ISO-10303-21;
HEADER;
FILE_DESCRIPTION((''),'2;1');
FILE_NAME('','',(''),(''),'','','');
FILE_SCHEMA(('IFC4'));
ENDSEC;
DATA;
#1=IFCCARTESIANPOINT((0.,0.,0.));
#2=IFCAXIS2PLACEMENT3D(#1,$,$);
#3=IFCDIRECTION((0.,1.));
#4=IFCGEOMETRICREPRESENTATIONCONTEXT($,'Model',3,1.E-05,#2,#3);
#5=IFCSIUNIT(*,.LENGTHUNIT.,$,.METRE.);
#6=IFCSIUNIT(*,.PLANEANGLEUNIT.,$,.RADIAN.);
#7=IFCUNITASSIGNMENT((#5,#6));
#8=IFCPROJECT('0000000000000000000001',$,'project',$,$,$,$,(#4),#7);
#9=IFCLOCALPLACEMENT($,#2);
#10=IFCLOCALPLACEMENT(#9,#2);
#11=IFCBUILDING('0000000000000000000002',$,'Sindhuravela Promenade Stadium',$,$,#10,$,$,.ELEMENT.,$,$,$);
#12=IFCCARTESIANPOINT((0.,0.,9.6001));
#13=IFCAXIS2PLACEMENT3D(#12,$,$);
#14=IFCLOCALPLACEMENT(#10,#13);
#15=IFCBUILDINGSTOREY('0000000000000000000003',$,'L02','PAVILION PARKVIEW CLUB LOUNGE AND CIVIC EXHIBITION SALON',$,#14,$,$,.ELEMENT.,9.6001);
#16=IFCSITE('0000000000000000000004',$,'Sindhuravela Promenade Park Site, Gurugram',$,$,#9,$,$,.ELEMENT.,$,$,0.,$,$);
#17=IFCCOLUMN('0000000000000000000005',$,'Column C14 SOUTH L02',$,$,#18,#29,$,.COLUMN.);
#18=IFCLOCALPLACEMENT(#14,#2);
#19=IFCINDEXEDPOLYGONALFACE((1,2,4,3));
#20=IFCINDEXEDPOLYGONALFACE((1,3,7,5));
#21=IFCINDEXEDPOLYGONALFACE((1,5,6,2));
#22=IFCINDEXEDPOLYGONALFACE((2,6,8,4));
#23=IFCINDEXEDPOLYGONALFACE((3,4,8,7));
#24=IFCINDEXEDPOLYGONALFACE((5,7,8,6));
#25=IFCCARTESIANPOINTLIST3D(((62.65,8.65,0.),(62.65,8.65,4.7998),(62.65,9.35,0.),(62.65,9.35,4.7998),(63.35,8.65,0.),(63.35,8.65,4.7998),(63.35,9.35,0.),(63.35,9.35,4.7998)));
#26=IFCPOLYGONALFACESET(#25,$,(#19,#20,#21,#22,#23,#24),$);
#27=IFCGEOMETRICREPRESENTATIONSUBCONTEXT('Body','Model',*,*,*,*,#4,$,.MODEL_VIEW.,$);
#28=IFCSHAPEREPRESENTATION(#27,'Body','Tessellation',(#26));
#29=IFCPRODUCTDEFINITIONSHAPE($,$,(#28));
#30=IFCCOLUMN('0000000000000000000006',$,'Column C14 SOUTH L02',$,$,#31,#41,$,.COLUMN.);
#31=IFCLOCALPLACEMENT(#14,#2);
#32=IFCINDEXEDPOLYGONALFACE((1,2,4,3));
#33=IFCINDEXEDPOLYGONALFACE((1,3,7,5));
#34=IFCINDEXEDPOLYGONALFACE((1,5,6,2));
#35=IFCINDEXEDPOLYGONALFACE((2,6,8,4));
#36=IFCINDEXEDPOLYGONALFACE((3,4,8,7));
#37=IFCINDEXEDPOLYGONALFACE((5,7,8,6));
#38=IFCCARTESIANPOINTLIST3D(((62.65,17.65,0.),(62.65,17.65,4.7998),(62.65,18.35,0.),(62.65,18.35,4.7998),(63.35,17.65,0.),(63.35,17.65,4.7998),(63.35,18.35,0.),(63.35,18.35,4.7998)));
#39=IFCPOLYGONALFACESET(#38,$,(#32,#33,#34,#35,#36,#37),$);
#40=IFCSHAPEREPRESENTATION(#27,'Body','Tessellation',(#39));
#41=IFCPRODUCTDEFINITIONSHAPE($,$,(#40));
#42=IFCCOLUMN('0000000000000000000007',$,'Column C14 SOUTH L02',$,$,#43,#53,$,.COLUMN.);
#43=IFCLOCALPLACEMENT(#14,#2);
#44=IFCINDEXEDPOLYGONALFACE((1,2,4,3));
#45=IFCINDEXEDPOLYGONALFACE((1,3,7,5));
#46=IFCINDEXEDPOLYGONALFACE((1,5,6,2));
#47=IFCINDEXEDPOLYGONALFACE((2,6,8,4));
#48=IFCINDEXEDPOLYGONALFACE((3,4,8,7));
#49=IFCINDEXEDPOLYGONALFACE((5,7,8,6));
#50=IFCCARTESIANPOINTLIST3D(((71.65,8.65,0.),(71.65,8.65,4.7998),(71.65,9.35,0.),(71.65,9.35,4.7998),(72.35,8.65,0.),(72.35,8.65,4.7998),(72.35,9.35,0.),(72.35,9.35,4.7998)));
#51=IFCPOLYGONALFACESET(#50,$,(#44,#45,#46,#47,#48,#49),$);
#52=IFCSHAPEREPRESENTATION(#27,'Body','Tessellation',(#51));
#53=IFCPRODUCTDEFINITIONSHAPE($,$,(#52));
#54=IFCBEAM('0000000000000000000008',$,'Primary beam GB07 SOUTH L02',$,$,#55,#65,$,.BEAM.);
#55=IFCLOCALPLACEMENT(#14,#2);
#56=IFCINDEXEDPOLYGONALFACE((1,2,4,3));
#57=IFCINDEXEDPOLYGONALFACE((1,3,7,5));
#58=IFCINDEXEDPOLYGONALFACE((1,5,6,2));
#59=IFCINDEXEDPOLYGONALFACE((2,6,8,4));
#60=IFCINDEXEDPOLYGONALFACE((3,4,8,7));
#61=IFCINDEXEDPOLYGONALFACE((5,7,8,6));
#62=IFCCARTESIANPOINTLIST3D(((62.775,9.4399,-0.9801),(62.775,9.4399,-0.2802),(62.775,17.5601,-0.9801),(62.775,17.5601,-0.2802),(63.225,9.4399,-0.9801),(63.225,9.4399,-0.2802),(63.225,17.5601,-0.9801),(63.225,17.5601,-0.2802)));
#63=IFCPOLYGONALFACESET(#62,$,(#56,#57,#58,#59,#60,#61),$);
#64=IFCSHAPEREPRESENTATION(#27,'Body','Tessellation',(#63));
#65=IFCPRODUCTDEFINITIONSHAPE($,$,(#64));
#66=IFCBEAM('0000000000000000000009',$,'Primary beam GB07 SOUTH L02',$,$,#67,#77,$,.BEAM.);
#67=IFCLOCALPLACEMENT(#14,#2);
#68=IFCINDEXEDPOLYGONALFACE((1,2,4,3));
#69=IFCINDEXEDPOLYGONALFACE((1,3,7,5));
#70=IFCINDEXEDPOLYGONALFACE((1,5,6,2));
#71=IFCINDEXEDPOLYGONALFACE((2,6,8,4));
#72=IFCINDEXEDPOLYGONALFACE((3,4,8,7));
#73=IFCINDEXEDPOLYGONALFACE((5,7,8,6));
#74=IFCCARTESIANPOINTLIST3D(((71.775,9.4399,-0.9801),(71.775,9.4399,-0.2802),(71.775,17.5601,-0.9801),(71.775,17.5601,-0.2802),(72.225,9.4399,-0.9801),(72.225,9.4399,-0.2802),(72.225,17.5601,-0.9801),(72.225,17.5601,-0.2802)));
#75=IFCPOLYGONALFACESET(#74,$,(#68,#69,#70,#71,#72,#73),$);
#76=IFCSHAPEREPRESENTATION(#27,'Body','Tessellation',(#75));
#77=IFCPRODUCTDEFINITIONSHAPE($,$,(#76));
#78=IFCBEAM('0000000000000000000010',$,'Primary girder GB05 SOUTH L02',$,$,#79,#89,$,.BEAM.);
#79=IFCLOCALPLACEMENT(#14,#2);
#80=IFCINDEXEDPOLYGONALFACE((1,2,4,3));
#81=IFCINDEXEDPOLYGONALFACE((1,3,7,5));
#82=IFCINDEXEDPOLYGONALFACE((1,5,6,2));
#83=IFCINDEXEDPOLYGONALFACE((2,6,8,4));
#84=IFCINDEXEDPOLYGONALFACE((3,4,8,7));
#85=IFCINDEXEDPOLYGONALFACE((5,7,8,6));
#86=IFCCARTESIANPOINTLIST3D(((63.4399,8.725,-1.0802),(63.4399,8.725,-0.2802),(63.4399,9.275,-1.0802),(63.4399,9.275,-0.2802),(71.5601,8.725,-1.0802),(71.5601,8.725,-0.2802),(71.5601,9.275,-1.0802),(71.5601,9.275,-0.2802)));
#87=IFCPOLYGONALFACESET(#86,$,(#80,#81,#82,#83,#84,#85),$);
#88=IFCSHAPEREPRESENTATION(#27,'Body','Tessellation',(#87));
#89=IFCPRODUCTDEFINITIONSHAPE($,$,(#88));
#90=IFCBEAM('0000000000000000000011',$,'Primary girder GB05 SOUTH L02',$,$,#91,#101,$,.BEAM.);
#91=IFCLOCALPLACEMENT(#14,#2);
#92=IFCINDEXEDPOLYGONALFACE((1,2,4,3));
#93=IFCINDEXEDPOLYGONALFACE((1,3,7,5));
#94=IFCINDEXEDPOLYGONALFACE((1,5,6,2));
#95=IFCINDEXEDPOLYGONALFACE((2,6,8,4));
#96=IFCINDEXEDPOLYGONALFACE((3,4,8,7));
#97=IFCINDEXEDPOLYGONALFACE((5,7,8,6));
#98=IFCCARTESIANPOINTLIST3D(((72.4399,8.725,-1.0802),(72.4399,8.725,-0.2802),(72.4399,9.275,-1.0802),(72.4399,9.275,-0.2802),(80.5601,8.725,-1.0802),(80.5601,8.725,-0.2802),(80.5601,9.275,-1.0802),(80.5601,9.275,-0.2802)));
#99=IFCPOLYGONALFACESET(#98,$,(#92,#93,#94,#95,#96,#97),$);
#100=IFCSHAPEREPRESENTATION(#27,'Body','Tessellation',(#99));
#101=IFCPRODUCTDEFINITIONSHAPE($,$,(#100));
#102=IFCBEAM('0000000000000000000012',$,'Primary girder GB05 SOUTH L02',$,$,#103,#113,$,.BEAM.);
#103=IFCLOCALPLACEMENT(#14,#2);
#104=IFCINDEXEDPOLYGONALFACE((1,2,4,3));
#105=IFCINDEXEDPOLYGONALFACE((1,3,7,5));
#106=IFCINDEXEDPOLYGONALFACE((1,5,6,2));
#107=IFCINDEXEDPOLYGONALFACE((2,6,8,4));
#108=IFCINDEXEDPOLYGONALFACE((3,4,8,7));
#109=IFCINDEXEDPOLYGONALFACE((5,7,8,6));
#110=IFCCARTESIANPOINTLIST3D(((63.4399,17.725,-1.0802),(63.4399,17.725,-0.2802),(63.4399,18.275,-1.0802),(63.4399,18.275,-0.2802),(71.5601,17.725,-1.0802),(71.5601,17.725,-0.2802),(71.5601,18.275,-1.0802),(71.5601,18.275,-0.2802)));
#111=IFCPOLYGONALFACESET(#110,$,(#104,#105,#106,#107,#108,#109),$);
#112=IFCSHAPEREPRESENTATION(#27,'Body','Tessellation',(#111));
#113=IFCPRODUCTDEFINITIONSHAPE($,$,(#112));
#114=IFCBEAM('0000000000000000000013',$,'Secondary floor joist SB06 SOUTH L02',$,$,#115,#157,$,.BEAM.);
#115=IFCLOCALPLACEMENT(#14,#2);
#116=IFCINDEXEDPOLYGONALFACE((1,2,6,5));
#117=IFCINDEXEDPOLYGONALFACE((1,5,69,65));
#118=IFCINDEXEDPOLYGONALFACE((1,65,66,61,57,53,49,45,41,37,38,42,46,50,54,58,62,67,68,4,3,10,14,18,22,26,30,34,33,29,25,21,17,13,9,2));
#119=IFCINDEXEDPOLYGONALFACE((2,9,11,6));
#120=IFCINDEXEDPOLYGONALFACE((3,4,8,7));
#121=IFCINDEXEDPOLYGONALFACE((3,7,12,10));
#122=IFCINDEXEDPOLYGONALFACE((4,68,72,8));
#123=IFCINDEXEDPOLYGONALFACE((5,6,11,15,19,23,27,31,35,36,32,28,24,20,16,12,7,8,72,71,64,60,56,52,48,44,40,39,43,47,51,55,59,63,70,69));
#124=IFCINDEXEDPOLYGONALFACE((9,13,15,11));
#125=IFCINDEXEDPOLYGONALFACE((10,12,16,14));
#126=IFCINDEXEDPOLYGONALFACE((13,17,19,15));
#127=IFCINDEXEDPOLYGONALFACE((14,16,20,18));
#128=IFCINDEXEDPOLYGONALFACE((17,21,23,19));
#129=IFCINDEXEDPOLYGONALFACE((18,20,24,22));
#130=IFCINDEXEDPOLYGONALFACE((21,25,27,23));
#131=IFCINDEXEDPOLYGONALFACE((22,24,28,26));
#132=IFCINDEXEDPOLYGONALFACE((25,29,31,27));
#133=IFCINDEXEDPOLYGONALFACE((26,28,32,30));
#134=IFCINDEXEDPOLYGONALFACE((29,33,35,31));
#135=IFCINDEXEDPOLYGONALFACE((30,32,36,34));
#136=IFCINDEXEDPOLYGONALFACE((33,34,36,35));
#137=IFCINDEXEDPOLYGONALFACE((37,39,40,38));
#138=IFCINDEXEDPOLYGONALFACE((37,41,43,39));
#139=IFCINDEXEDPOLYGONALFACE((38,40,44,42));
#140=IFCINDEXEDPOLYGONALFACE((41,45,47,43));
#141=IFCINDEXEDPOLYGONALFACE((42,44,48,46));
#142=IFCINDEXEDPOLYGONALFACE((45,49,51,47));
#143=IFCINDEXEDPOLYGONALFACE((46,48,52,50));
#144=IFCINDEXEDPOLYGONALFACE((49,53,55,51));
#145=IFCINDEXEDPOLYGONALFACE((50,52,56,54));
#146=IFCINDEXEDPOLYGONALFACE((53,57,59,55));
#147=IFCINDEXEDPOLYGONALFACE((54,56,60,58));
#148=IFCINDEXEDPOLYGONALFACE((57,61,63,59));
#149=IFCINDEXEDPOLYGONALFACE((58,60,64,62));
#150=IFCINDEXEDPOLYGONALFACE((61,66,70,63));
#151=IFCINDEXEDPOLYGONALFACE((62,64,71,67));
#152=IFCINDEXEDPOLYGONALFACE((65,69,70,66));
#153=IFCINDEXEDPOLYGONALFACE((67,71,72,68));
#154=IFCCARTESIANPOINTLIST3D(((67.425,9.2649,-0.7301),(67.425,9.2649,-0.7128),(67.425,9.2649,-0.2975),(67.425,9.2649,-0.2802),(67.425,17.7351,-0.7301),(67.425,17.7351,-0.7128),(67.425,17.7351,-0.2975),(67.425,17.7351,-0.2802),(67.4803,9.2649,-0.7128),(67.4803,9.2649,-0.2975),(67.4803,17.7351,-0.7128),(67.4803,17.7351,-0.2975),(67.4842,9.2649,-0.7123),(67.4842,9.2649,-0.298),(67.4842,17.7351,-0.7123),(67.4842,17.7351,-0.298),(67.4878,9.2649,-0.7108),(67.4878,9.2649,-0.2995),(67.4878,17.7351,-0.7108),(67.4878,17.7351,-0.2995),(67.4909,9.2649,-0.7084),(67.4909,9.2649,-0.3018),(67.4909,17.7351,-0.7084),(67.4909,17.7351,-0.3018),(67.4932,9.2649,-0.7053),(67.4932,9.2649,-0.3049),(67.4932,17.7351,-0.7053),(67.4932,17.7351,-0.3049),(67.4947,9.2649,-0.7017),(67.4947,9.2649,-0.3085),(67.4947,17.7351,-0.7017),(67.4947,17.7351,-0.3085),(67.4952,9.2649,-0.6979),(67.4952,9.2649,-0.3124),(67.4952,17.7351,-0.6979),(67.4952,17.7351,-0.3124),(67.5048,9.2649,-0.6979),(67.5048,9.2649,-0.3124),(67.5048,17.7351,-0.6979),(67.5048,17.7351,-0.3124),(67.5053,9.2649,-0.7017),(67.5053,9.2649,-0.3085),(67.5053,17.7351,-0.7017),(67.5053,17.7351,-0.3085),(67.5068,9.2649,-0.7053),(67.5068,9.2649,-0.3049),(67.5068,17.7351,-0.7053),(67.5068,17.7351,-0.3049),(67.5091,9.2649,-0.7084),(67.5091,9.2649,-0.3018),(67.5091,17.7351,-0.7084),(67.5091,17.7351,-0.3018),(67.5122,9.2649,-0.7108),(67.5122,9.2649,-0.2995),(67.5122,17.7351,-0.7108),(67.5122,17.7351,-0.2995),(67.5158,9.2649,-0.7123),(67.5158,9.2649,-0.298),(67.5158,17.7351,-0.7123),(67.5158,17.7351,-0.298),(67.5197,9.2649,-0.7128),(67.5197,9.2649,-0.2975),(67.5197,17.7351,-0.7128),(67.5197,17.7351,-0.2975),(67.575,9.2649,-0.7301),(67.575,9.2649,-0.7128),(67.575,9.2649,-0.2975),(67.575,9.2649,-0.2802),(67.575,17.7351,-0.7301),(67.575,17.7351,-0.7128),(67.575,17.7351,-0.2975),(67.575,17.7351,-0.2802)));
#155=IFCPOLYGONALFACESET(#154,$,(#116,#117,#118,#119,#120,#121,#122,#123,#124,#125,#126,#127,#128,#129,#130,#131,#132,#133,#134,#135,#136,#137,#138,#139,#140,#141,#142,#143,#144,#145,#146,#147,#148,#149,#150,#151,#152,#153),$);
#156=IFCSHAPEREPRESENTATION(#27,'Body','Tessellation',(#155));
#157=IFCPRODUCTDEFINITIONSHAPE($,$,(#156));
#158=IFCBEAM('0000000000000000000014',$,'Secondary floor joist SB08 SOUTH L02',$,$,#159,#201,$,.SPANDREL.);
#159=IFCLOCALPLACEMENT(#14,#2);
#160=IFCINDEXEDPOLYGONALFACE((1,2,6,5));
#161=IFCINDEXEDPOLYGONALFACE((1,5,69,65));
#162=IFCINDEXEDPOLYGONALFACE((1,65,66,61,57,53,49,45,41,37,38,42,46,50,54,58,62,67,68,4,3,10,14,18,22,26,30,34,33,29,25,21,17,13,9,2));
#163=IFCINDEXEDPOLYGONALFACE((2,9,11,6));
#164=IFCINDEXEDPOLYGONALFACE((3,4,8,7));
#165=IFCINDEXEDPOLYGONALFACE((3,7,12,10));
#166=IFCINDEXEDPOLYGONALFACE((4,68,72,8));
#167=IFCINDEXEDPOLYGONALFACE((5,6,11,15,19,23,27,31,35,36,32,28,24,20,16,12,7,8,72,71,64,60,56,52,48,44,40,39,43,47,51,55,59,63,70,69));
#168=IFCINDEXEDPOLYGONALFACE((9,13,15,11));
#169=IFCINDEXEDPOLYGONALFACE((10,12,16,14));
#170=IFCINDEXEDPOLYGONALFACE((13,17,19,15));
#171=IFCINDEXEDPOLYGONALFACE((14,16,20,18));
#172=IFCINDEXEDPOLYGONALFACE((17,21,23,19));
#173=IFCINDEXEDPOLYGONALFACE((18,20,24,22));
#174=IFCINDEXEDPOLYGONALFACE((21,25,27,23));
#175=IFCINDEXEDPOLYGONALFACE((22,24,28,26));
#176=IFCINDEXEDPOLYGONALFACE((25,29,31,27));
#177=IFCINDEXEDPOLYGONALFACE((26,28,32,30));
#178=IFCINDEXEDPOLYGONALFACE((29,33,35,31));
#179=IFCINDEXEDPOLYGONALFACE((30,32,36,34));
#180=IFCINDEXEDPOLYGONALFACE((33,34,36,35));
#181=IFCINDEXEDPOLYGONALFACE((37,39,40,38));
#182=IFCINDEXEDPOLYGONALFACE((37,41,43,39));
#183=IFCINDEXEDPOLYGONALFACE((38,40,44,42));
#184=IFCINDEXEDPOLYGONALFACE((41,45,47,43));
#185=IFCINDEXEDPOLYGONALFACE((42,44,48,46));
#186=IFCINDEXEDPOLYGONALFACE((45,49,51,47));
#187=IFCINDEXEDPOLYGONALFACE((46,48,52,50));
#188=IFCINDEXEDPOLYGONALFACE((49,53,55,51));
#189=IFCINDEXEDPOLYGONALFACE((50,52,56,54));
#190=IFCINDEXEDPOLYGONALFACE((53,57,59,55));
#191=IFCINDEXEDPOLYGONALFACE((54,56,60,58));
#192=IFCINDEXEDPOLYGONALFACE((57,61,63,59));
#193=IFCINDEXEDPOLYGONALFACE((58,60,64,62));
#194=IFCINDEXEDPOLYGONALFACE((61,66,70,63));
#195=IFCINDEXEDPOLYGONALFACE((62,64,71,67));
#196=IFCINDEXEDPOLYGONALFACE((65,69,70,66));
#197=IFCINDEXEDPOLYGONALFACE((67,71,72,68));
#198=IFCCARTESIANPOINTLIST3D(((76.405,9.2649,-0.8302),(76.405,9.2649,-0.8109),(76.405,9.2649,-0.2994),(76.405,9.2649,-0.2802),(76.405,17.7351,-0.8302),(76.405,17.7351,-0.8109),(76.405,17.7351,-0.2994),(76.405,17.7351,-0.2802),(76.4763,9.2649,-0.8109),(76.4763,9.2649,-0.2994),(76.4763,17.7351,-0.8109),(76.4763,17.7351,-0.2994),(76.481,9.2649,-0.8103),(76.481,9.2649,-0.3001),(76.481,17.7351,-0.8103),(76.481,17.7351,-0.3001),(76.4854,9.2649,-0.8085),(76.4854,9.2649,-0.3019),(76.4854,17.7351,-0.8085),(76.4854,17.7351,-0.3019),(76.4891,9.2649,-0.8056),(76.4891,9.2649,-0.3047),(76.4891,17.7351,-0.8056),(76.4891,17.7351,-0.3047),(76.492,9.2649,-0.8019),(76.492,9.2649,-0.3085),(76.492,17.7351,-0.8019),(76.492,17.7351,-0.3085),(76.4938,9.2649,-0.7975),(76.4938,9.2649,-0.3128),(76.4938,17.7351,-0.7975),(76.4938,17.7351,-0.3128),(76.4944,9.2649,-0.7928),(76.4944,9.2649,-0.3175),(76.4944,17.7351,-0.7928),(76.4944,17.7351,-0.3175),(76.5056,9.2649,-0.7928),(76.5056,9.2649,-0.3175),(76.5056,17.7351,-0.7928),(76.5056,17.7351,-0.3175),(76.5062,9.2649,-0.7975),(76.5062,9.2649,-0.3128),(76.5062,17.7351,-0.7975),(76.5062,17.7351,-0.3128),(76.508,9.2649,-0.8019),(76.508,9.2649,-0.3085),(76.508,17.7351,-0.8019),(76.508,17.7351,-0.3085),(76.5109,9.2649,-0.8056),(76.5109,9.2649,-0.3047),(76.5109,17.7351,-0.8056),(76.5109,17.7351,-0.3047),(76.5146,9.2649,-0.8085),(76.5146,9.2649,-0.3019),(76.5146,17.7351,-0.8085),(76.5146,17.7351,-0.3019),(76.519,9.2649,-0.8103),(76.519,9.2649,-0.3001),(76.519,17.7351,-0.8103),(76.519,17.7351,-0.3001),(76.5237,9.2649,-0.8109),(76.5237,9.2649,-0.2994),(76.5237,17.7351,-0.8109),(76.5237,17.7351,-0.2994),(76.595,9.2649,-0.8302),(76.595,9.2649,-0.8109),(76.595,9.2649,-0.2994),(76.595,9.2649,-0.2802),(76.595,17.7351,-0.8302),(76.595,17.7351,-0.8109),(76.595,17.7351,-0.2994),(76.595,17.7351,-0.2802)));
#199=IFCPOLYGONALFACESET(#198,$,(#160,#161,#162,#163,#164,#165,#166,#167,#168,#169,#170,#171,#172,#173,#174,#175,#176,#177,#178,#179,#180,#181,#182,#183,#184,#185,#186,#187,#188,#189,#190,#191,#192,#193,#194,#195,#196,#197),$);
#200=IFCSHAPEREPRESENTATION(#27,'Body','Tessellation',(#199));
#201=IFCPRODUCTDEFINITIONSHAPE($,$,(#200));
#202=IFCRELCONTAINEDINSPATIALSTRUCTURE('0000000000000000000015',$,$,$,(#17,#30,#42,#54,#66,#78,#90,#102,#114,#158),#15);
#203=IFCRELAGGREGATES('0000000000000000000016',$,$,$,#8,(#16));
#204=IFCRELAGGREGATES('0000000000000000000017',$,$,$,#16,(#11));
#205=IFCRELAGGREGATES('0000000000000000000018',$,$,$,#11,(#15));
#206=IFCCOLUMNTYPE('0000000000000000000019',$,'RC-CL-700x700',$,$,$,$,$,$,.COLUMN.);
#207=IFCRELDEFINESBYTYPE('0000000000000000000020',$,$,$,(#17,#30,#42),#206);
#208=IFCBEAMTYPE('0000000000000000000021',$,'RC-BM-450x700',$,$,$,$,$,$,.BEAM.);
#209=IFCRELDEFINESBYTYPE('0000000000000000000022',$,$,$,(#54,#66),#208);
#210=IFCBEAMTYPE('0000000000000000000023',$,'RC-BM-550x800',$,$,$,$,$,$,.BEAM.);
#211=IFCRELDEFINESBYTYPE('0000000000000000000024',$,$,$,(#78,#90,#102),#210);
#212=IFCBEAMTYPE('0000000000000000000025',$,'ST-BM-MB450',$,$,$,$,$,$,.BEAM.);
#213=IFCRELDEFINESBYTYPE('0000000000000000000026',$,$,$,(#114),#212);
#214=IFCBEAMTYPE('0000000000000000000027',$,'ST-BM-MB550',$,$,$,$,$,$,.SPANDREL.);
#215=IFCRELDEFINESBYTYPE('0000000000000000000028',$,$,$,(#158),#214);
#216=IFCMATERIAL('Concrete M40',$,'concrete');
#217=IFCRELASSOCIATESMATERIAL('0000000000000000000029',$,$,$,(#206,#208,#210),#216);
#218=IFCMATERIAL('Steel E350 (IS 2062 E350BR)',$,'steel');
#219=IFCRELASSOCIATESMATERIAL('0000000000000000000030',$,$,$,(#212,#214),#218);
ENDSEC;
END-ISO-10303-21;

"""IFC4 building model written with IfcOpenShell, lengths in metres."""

from ifc_helpers import new_model, si_unit, direction, frame, origin, origin_2d, place, context, subcontext, project, spatial, rectangle, i_section, extrude, material, material_profile, profile_set, type_object, element, save


model = new_model("IFC4")

# Units and contexts
model_context = context("Model", 3, precision=1e-05, world=origin(), true_north=direction((0.0, 1.0)))
body_context = subcontext(model_context, "Body", "Model", "MODEL_VIEW")
ifc_project = project(units=[si_unit("LENGTHUNIT", "METRE"), si_unit("PLANEANGLEUNIT", "RADIAN")], contexts=[model_context])

# Site, building, storey
site_placement = place(None, origin())
site = spatial("IfcSite", under=ifc_project, at=site_placement, Name="Sindhuravela Promenade Park Site, Gurugram", CompositionType="ELEMENT", RefElevation=0.0)
building_placement = place(site_placement, origin())
building = spatial("IfcBuilding", under=site, at=building_placement, Name="Sindhuravela Promenade Stadium", CompositionType="ELEMENT")
storey_placement = place(building_placement, frame((0.0, 0.0, 9.6001)))
storey = spatial("IfcBuildingStorey", under=building, at=storey_placement, Name="L02", Description="PAVILION PARKVIEW CLUB LOUNGE AND CIVIC EXHIBITION SALON", CompositionType="ELEMENT", Elevation=9.6001)

# Columns
ifc_material_1 = material(Name="Concrete M40", Category="concrete")
ifc_material_profile_1 = material_profile(ifc_material_1, rectangle(XDim=0.7, YDim=0.7, at=origin_2d()), Name="RC 700x700")
ifc_profile_set_1 = profile_set([ifc_material_profile_1], Name="Concrete M40")
column_type = type_object("IfcColumnType", Name="RC-CL-700x700", PredefinedType="COLUMN", material=ifc_profile_set_1)
for number, where, z_axis, x_axis, name in (
    (1, (63.0, 9.0, 0.0), (0.0, 0.0, 1.0), (1.0, 0.0, 0.0), "Column C14 SOUTH L02"),
    (2, (63.0, 18.0, 0.0), (0.0, 0.0, 1.0), (1.0, 0.0, 0.0), "Column C14 SOUTH L02"),
    (3, (72.0, 9.0, 0.0), (0.0, 0.0, 1.0), (1.0, 0.0, 0.0), "Column C14 SOUTH L02"),
):
    element("IfcColumn", number, at=place(storey_placement, frame(where, z_axis=z_axis, x_axis=x_axis)), inside=storey, type_object=column_type, Name=name, PredefinedType="COLUMN", context=body_context, shape_type="SweptSolid", body=[
        extrude(rectangle(XDim=0.7, YDim=0.7, at=origin_2d()), origin(), (0.0, 0.0, 1.0), 4.7998),
    ])

# Beams
ifc_material_profile_2 = material_profile(ifc_material_1, rectangle(XDim=0.45, YDim=0.7, at=origin_2d()), Name="RC 450x700")
ifc_profile_set_2 = profile_set([ifc_material_profile_2], Name="Concrete M40")
beam_type_1 = type_object("IfcBeamType", Name="RC-BM-450x700", PredefinedType="BEAM", material=ifc_profile_set_2)
for number, where, z_axis, x_axis, name in (
    (4, (63.0, 9.4399, -0.6301), (0.0, 1.0, 0.0), (-1.0, 0.0, 0.0), "Primary beam GB07 SOUTH L02"),
    (5, (72.0, 9.4399, -0.6301), (0.0, 1.0, 0.0), (-1.0, 0.0, 0.0), "Primary beam GB07 SOUTH L02"),
):
    element("IfcBeam", number, at=place(storey_placement, frame(where, z_axis=z_axis, x_axis=x_axis)), inside=storey, type_object=beam_type_1, Name=name, PredefinedType="BEAM", context=body_context, shape_type="SweptSolid", body=[
        extrude(rectangle(XDim=0.45, YDim=0.7, at=origin_2d()), origin(), (0.0, 0.0, 1.0), 8.1201),
    ])
ifc_material_profile_3 = material_profile(ifc_material_1, rectangle(XDim=0.55, YDim=0.8, at=origin_2d()), Name="RC 550x800")
ifc_profile_set_3 = profile_set([ifc_material_profile_3], Name="Concrete M40")
beam_type_2 = type_object("IfcBeamType", Name="RC-BM-550x800", PredefinedType="BEAM", material=ifc_profile_set_3)
for number, where, z_axis, x_axis, name in (
    (6, (63.4399, 9.0, -0.6802), (1.0, 0.0, 0.0), (0.0, 1.0, 0.0), "Primary girder GB05 SOUTH L02"),
    (7, (72.4399, 9.0, -0.6802), (1.0, 0.0, 0.0), (0.0, 1.0, 0.0), "Primary girder GB05 SOUTH L02"),
    (8, (63.4399, 18.0, -0.6802), (1.0, 0.0, 0.0), (0.0, 1.0, 0.0), "Primary girder GB05 SOUTH L02"),
):
    element("IfcBeam", number, at=place(storey_placement, frame(where, z_axis=z_axis, x_axis=x_axis)), inside=storey, type_object=beam_type_2, Name=name, PredefinedType="BEAM", context=body_context, shape_type="SweptSolid", body=[
        extrude(rectangle(XDim=0.55, YDim=0.8, at=origin_2d()), origin(), (0.0, 0.0, 1.0), 8.1201),
    ])
ifc_material_2 = material(Name="Steel E350 (IS 2062 E350BR)", Category="steel")
ifc_material_profile_4 = material_profile(ifc_material_2, i_section(OverallWidth=0.1499, OverallDepth=0.45, WebThickness=0.0095, FlangeThickness=0.0173, FilletRadius=0.0149, at=origin_2d()), Name="ISMB 450")
ifc_profile_set_4 = profile_set([ifc_material_profile_4], Name="Steel E350 (IS 2062 E350BR)")
beam_type_3 = type_object("IfcBeamType", Name="ST-BM-MB450", PredefinedType="BEAM", material=ifc_profile_set_4)
beam_1_placement = place(storey_placement, frame((67.5, 9.2649, -0.5051), z_axis=(0.0, 1.0, 0.0), x_axis=(-1.0, 0.0, 0.0)))
element("IfcBeam", 9, at=beam_1_placement, inside=storey, type_object=beam_type_3, Name="Secondary floor joist SB06 SOUTH L02", PredefinedType="BEAM", context=body_context, shape_type="SweptSolid", body=[
    extrude(i_section(OverallWidth=0.1499, OverallDepth=0.45, WebThickness=0.0095, FlangeThickness=0.0173, FilletRadius=0.0149, at=origin_2d()), origin(), (0.0, 0.0, 1.0), 8.4702),
])
ifc_material_profile_5 = material_profile(ifc_material_2, i_section(OverallWidth=0.1899, OverallDepth=0.55, WebThickness=0.0112, FlangeThickness=0.0193, FilletRadius=0.0181, at=origin_2d()), Name="ISMB 550")
ifc_profile_set_5 = profile_set([ifc_material_profile_5], Name="Steel E350 (IS 2062 E350BR)")
beam_type_4 = type_object("IfcBeamType", Name="ST-BM-MB550", PredefinedType="SPANDREL", material=ifc_profile_set_5)
beam_2_placement = place(storey_placement, frame((76.5, 9.2649, -0.5552), z_axis=(0.0, 1.0, 0.0), x_axis=(-1.0, 0.0, 0.0)))
element("IfcBeam", 10, at=beam_2_placement, inside=storey, type_object=beam_type_4, Name="Secondary floor joist SB08 SOUTH L02", PredefinedType="SPANDREL", context=body_context, shape_type="SweptSolid", body=[
    extrude(i_section(OverallWidth=0.1899, OverallDepth=0.55, WebThickness=0.0112, FlangeThickness=0.0193, FilletRadius=0.0181, at=origin_2d()), origin(), (0.0, 0.0, 1.0), 8.4702),
])

save(model, "model.ifc")
